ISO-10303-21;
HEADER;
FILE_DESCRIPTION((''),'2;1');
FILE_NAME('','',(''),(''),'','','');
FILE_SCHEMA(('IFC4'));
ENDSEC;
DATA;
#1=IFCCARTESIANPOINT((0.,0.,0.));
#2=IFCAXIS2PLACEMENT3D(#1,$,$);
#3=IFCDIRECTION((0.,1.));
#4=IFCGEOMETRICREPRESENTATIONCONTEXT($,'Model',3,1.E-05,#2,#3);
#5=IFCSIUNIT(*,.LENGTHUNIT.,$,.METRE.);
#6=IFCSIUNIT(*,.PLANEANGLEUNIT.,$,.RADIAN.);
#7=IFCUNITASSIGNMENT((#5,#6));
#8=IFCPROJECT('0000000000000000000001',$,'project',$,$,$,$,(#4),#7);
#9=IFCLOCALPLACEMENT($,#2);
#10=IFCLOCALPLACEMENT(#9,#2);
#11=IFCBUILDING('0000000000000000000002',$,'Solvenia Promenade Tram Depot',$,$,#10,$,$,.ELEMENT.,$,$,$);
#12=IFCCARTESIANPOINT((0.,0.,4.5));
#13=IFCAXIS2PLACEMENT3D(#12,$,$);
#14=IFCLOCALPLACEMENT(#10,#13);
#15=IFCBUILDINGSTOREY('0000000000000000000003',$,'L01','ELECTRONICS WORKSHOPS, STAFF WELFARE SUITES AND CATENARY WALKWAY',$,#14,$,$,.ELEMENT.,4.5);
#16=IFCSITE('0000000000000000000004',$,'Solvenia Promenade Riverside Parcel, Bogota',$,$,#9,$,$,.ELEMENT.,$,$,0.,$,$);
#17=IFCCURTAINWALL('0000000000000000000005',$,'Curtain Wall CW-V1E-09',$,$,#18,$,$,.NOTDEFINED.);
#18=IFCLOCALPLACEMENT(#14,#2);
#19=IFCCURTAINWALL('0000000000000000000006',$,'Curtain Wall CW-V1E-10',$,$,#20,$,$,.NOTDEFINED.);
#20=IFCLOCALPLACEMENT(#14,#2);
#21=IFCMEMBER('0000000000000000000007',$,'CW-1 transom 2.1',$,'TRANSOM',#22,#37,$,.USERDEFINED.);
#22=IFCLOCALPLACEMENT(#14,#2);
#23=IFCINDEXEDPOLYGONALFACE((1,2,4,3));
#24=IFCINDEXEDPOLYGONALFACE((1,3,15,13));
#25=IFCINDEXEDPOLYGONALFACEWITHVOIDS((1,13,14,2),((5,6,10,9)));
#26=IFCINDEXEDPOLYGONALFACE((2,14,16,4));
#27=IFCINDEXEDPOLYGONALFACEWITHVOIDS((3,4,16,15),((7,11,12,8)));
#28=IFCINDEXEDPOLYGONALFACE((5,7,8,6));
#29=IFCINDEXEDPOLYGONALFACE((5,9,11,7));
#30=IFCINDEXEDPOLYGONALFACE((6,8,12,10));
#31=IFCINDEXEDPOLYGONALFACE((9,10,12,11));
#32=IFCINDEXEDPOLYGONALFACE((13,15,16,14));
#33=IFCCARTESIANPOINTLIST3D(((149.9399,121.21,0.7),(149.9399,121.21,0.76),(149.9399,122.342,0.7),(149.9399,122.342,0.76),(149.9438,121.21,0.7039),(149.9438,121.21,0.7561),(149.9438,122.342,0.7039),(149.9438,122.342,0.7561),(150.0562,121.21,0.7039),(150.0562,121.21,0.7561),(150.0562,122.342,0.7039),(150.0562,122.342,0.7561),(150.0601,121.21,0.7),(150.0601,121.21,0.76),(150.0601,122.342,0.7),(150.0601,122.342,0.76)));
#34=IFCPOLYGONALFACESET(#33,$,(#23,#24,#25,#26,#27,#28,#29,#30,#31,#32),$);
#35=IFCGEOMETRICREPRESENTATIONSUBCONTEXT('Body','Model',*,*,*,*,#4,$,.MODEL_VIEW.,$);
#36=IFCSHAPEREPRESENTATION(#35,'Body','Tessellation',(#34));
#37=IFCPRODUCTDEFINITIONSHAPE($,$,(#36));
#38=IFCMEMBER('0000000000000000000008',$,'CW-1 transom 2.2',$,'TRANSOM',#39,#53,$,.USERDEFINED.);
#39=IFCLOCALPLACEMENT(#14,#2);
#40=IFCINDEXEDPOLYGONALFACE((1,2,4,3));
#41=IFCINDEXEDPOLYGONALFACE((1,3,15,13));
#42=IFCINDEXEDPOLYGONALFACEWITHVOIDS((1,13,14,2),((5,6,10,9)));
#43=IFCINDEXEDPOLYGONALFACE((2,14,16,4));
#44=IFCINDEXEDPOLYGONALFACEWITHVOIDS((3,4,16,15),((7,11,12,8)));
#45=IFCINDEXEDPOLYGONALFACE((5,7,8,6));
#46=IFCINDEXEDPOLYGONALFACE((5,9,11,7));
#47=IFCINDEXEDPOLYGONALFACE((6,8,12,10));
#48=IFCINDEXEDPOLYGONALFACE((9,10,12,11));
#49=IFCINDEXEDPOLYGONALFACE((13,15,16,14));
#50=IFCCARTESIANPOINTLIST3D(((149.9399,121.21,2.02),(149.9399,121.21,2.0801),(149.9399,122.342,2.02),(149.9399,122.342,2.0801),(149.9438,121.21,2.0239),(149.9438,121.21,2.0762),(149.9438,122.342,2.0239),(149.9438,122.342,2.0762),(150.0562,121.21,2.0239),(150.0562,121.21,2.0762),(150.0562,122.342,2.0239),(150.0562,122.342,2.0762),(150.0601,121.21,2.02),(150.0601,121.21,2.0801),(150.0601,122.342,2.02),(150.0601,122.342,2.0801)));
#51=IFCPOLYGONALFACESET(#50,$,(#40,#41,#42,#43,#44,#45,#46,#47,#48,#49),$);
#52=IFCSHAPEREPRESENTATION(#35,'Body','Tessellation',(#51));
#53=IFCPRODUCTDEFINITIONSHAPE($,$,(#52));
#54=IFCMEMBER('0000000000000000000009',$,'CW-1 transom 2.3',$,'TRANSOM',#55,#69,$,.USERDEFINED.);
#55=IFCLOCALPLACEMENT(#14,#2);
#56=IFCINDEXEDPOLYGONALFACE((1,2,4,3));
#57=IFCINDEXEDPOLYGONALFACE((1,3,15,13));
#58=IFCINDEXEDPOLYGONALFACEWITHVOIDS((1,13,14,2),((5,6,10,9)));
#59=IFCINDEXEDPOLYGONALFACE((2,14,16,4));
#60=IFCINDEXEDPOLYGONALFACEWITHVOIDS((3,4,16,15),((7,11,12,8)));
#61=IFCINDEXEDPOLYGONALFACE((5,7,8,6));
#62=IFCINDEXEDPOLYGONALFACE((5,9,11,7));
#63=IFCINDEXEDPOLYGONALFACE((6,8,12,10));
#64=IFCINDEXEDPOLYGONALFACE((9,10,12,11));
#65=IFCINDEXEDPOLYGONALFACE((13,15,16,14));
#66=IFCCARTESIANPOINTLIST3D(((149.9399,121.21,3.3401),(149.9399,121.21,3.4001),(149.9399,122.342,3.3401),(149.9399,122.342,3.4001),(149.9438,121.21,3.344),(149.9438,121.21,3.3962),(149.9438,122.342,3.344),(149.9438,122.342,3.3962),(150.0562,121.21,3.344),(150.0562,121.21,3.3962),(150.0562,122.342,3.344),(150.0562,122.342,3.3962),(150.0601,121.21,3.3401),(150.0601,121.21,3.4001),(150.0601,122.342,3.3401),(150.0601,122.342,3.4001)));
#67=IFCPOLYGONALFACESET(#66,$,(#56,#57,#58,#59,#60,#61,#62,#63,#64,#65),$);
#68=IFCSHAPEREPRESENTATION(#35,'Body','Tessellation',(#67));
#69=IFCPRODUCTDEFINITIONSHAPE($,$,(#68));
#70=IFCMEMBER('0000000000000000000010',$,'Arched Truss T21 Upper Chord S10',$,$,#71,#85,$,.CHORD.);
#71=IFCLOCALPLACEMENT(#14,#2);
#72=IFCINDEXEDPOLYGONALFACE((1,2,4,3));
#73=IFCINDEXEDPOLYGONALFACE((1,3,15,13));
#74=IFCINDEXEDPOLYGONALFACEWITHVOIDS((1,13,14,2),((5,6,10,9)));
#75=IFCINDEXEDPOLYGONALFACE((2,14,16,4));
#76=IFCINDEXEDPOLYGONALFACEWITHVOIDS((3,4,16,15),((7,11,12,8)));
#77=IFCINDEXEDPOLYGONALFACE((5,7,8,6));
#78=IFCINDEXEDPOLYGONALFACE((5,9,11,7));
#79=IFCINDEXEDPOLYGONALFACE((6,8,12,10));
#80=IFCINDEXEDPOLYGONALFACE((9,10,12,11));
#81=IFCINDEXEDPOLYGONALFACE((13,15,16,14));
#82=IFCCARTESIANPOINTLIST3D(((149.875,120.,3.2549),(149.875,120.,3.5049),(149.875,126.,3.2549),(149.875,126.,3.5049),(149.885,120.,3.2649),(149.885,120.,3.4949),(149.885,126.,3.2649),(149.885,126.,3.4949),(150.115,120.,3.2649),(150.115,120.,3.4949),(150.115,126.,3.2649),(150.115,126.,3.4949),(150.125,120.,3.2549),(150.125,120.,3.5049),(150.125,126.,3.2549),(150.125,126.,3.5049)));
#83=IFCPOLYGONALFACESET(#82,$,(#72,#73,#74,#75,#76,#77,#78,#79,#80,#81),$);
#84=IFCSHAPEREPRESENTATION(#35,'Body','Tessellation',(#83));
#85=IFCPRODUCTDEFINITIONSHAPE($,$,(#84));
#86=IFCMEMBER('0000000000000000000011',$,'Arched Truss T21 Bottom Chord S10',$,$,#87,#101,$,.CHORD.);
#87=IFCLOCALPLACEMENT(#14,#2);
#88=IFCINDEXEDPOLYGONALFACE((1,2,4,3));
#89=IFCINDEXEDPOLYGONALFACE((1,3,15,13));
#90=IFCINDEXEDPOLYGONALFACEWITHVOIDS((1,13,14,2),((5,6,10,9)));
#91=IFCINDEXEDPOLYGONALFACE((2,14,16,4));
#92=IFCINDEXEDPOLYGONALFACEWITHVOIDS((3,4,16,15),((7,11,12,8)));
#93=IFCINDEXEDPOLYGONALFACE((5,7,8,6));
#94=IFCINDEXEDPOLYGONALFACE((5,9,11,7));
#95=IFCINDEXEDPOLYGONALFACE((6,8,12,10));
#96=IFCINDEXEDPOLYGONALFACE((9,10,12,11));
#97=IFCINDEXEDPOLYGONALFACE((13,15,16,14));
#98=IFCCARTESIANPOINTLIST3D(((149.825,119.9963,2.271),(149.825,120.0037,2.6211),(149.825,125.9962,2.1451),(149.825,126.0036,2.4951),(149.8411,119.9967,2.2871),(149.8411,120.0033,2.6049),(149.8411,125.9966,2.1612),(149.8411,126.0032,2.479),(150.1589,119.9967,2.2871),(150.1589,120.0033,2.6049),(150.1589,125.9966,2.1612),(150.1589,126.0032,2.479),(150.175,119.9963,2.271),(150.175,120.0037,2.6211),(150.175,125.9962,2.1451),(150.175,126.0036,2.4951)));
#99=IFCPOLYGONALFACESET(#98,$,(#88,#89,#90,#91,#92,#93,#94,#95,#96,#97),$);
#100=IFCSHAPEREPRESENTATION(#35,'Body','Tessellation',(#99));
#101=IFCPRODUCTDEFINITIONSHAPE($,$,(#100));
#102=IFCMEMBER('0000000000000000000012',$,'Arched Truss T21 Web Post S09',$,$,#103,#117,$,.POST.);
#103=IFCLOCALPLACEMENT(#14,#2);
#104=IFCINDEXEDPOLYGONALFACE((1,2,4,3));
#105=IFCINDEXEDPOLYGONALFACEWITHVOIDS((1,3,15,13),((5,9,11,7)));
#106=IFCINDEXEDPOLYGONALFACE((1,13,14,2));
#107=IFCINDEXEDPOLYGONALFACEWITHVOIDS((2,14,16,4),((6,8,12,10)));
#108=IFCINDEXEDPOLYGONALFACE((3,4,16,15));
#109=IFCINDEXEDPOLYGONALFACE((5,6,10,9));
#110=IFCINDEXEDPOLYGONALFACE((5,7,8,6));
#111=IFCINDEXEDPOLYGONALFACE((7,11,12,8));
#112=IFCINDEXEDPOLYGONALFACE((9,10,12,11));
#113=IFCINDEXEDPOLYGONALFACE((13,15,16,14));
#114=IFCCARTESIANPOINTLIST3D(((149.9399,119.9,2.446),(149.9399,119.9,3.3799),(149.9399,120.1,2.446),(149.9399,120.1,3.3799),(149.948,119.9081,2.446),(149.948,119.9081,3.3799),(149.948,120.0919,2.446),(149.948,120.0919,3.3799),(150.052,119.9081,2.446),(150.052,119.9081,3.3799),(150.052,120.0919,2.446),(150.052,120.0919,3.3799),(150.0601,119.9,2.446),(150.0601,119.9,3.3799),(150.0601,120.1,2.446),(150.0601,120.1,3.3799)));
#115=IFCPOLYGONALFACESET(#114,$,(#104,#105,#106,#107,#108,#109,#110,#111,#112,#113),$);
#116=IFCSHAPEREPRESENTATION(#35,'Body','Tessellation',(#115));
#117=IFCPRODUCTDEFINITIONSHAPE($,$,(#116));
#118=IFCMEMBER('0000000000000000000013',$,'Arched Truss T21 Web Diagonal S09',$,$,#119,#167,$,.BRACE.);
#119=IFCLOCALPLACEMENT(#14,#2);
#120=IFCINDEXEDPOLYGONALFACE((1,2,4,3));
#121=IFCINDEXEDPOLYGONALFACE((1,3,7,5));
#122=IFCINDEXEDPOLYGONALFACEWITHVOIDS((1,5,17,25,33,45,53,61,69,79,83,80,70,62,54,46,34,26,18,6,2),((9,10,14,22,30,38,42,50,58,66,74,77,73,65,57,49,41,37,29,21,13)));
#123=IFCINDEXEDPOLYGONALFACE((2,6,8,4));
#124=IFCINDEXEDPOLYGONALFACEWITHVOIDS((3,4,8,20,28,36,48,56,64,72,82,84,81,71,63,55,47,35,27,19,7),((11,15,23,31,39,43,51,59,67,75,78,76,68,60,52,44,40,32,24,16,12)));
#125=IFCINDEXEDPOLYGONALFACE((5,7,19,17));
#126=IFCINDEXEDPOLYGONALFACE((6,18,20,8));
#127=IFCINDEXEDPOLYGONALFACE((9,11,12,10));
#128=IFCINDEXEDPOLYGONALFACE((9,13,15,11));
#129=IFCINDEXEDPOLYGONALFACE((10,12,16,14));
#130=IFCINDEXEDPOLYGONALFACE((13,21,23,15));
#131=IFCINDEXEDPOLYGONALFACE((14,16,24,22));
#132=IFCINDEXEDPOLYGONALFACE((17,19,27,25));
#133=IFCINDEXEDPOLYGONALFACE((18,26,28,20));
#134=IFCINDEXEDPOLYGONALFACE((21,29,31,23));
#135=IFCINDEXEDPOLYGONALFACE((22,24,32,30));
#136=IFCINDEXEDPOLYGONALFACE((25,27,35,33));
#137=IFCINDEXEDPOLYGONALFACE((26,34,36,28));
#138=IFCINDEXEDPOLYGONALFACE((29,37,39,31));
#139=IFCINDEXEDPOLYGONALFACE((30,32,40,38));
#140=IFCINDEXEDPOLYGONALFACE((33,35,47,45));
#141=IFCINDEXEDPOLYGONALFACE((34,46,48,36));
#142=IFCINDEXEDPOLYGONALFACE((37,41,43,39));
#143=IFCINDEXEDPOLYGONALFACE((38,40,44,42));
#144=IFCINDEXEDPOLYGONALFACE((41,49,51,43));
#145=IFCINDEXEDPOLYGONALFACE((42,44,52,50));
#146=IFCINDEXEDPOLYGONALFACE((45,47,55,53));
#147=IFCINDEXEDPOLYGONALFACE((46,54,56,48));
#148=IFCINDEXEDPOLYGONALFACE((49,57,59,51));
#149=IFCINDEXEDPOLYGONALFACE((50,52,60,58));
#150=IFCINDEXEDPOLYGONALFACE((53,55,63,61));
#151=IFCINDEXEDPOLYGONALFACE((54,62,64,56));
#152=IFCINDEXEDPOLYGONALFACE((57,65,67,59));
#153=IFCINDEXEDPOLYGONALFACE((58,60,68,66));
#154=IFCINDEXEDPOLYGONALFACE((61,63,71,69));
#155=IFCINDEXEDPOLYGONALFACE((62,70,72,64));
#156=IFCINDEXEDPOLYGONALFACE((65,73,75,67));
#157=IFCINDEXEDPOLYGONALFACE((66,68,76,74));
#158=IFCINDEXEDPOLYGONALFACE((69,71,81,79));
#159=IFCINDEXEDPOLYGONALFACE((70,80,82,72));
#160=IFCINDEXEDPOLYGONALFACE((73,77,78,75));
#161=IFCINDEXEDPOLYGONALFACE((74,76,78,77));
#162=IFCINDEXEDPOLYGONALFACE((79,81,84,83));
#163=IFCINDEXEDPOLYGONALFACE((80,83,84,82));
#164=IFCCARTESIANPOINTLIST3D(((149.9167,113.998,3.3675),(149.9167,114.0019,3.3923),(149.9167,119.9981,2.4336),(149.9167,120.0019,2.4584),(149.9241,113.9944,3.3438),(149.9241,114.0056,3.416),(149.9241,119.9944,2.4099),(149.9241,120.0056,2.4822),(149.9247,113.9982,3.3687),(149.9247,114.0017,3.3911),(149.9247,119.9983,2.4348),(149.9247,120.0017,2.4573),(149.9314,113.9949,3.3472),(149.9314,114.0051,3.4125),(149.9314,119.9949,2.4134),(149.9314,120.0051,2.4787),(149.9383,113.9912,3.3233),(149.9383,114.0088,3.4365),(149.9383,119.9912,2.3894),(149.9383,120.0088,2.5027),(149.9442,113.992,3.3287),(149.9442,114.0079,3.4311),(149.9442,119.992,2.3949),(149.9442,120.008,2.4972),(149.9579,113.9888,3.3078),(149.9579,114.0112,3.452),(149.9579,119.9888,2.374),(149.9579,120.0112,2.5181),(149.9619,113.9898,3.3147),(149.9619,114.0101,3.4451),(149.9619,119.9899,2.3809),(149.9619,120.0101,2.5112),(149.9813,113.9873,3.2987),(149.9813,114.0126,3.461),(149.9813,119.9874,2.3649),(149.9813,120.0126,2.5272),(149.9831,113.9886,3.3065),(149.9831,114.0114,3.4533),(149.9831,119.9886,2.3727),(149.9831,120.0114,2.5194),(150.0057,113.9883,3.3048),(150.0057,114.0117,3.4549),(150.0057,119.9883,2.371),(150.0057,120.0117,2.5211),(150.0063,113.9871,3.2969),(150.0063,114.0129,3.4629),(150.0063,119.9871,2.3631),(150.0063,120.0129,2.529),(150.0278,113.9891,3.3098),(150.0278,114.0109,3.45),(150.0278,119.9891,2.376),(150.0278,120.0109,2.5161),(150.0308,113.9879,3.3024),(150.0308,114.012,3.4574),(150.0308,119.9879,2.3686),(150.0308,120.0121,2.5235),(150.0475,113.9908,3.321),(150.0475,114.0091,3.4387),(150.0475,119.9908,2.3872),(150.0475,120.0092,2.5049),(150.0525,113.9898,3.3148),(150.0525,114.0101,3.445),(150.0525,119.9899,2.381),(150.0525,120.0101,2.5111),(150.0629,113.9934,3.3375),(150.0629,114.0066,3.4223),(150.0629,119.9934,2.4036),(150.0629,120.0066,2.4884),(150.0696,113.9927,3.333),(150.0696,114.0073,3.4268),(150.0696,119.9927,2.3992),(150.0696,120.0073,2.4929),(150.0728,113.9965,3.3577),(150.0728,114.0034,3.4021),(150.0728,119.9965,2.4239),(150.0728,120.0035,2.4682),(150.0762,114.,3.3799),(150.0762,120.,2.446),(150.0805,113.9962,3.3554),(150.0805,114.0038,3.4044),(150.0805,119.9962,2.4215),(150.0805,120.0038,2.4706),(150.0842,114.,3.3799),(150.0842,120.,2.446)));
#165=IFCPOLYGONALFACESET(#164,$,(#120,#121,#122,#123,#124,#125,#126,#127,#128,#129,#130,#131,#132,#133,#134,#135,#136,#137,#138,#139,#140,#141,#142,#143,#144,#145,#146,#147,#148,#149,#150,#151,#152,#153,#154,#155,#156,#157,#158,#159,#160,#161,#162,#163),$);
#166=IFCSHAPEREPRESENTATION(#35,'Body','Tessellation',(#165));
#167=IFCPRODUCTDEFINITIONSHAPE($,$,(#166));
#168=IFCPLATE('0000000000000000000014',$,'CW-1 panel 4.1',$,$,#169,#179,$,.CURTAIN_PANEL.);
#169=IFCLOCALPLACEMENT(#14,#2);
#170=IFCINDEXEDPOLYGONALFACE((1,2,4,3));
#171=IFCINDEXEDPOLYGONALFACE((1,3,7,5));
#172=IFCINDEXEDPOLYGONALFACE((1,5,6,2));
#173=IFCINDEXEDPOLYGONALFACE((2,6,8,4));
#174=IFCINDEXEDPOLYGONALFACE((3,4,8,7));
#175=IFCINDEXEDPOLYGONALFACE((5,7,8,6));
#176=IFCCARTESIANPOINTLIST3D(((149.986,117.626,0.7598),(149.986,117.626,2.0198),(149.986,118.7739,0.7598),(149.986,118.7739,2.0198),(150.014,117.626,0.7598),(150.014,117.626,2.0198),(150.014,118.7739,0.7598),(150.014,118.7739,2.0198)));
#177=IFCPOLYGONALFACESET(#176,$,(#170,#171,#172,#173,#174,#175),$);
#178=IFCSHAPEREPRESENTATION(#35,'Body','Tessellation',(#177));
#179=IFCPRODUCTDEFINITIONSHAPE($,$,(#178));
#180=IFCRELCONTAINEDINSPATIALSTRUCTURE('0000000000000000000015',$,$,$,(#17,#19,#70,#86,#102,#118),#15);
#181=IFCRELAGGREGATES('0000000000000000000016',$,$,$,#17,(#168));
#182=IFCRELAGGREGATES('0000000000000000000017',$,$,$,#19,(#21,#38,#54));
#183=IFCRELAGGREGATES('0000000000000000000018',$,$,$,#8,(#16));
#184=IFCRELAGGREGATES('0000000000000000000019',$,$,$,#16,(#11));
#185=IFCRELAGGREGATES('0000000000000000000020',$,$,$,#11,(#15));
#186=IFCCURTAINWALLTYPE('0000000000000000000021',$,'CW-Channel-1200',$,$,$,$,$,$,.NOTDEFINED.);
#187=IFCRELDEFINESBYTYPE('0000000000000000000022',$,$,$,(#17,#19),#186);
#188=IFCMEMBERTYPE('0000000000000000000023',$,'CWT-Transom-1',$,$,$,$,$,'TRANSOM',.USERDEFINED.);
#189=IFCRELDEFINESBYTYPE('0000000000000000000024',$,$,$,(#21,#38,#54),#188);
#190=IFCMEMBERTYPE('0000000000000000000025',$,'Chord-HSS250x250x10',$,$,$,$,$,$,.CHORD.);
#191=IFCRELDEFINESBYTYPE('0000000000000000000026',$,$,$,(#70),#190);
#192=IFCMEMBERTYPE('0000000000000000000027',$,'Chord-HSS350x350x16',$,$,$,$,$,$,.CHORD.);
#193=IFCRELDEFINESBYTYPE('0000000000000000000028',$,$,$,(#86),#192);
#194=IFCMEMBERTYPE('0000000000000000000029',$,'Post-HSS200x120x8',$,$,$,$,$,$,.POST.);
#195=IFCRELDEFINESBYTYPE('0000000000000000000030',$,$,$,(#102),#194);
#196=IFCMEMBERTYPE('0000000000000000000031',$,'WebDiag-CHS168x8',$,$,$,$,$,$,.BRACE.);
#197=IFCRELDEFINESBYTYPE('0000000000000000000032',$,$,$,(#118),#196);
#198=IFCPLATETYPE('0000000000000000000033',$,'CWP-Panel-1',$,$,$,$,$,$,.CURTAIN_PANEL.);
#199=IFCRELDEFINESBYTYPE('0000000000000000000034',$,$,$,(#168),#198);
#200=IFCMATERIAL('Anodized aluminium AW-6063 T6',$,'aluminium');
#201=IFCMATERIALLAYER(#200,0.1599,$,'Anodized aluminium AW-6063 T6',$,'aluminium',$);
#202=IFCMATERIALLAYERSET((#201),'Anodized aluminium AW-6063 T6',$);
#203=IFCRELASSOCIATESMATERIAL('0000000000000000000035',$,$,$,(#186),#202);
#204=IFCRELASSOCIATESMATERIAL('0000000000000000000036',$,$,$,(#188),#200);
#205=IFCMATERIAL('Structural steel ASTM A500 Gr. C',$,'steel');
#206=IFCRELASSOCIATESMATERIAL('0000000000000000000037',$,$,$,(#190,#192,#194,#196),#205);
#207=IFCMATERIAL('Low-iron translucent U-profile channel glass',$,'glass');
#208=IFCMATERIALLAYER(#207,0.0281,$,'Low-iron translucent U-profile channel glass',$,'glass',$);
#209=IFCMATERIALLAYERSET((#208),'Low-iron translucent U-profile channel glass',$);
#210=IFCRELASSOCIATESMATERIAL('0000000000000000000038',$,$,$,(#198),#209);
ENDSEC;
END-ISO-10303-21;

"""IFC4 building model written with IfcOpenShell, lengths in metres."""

from ifc_helpers import new_model, si_unit, direction, frame, origin, origin_2d, place, context, subcontext, project, spatial, rectangle, hollow_rectangle, hollow_circle, extrude, material, layer, layer_set, material_profile, profile_set, type_object, element, aggregate, save


model = new_model("IFC4")

# Units and contexts
model_context = context("Model", 3, precision=1e-05, world=origin(), true_north=direction((0.0, 1.0)))
body_context = subcontext(model_context, "Body", "Model", "MODEL_VIEW")
ifc_project = project(units=[si_unit("LENGTHUNIT", "METRE"), si_unit("PLANEANGLEUNIT", "RADIAN")], contexts=[model_context])

# Site, building, storey
site_placement = place(None, origin())
site = spatial("IfcSite", under=ifc_project, at=site_placement, Name="Solvenia Promenade Riverside Parcel, Bogota", CompositionType="ELEMENT", RefElevation=0.0)
building_placement = place(site_placement, origin())
building = spatial("IfcBuilding", under=site, at=building_placement, Name="Solvenia Promenade Tram Depot", CompositionType="ELEMENT")
storey_placement = place(building_placement, frame((0.0, 0.0, 4.5)))
storey = spatial("IfcBuildingStorey", under=building, at=storey_placement, Name="L01", Description="ELECTRONICS WORKSHOPS, STAFF WELFARE SUITES AND CATENARY WALKWAY", CompositionType="ELEMENT", Elevation=4.5)

# Curtain walls
ifc_material_1 = material(Name="Anodized aluminium AW-6063 T6", Category="aluminium")
ifc_layer_1 = layer(ifc_material_1, 0.1599, Name="Anodized aluminium AW-6063 T6", Category="aluminium")
ifc_layer_set_1 = layer_set([ifc_layer_1], Name="Anodized aluminium AW-6063 T6")
curtain_wall_type = type_object("IfcCurtainWallType", Name="CW-Channel-1200", PredefinedType="NOTDEFINED", material=ifc_layer_set_1)
curtain_wall_1_placement = place(storey_placement, origin())
curtain_wall_1 = element("IfcCurtainWall", 1, at=curtain_wall_1_placement, inside=storey, type_object=curtain_wall_type, Name="Curtain Wall CW-V1E-09", PredefinedType="NOTDEFINED")
curtain_wall_2_placement = place(storey_placement, origin())
curtain_wall_2 = element("IfcCurtainWall", 2, at=curtain_wall_2_placement, inside=storey, type_object=curtain_wall_type, Name="Curtain Wall CW-V1E-10", PredefinedType="NOTDEFINED")

# Members
ifc_material_profile_1 = material_profile(ifc_material_1, hollow_rectangle(XDim=0.1201, YDim=0.0601, WallThickness=0.0039, at=origin_2d()), Name="ALU-T1", Category="aluminium")
ifc_profile_set_1 = profile_set([ifc_material_profile_1], Name="Anodized aluminium AW-6063 T6")
member_type_1 = type_object("IfcMemberType", Name="CWT-Transom-1", ElementType="TRANSOM", PredefinedType="USERDEFINED", material=ifc_profile_set_1)
member_1_placement = place(storey_placement, frame((150.0, 121.21, 0.73), z_axis=(0.0, 1.0, 0.0), x_axis=(-1.0, 0.0, 0.0)))
member_1 = element("IfcMember", 3, at=member_1_placement, type_object=member_type_1, Name="CW-1 transom 2.1", ObjectType="TRANSOM", PredefinedType="USERDEFINED", context=body_context, shape_type="SweptSolid", body=[
    extrude(hollow_rectangle(XDim=0.1201, YDim=0.0601, WallThickness=0.0039, at=origin_2d()), origin(), (0.0, 0.0, 1.0), 1.1321),
])
member_2_placement = place(storey_placement, frame((150.0, 121.21, 2.05), z_axis=(0.0, 1.0, 0.0), x_axis=(-1.0, 0.0, 0.0)))
member_2 = element("IfcMember", 4, at=member_2_placement, type_object=member_type_1, Name="CW-1 transom 2.2", ObjectType="TRANSOM", PredefinedType="USERDEFINED", context=body_context, shape_type="SweptSolid", body=[
    extrude(hollow_rectangle(XDim=0.1201, YDim=0.0601, WallThickness=0.0039, at=origin_2d()), origin(), (0.0, 0.0, 1.0), 1.1321),
])
member_3_placement = place(storey_placement, frame((150.0, 121.21, 3.3701), z_axis=(0.0, 1.0, 0.0), x_axis=(-1.0, 0.0, 0.0)))
member_3 = element("IfcMember", 5, at=member_3_placement, type_object=member_type_1, Name="CW-1 transom 2.3", ObjectType="TRANSOM", PredefinedType="USERDEFINED", context=body_context, shape_type="SweptSolid", body=[
    extrude(hollow_rectangle(XDim=0.1201, YDim=0.0601, WallThickness=0.0039, at=origin_2d()), origin(), (0.0, 0.0, 1.0), 1.1321),
])

# Members
ifc_material_2 = material(Name="Structural steel ASTM A500 Gr. C", Category="steel")
ifc_material_profile_2 = material_profile(ifc_material_2, hollow_rectangle(XDim=0.25, YDim=0.25, WallThickness=0.01, at=origin_2d()), Name="HSS250x250x10", Category="steel")
ifc_profile_set_2 = profile_set([ifc_material_profile_2], Name="Structural steel ASTM A500 Gr. C")
member_type_2 = type_object("IfcMemberType", Name="Chord-HSS250x250x10", PredefinedType="CHORD", material=ifc_profile_set_2)
member_4_placement = place(storey_placement, frame((150.0, 120.0, 3.3799), z_axis=(0.0, 1.0, 0.0), x_axis=(-1.0, 0.0, 0.0)))
element("IfcMember", 6, at=member_4_placement, inside=storey, type_object=member_type_2, Name="Arched Truss T21 Upper Chord S10", PredefinedType="CHORD", context=body_context, shape_type="SweptSolid", body=[
    extrude(hollow_rectangle(XDim=0.25, YDim=0.25, WallThickness=0.01, at=origin_2d()), origin(), (0.0, 0.0, 1.0), 6.0),
])
ifc_material_profile_3 = material_profile(ifc_material_2, hollow_rectangle(XDim=0.3501, YDim=0.3501, WallThickness=0.0161, at=origin_2d()), Name="HSS350x350x16", Category="steel")
ifc_profile_set_3 = profile_set([ifc_material_profile_3], Name="Structural steel ASTM A500 Gr. C")
member_type_3 = type_object("IfcMemberType", Name="Chord-HSS350x350x16", PredefinedType="CHORD", material=ifc_profile_set_3)
member_5_placement = place(storey_placement, frame((150.0, 120.0, 2.446), z_axis=(0.0, 0.99978, -0.020991), x_axis=(-1.0, 0.0, 0.0)))
element("IfcMember", 7, at=member_5_placement, inside=storey, type_object=member_type_3, Name="Arched Truss T21 Bottom Chord S10", PredefinedType="CHORD", context=body_context, shape_type="SweptSolid", body=[
    extrude(hollow_rectangle(XDim=0.3501, YDim=0.3501, WallThickness=0.0161, at=origin_2d()), origin(), (0.0, 0.0, 1.0), 6.0012),
])
ifc_material_profile_4 = material_profile(ifc_material_2, hollow_rectangle(XDim=0.1201, YDim=0.2, WallThickness=0.0081, at=origin_2d()), Name="HSS200x120x8", Category="steel")
ifc_profile_set_4 = profile_set([ifc_material_profile_4], Name="Structural steel ASTM A500 Gr. C")
member_type_4 = type_object("IfcMemberType", Name="Post-HSS200x120x8", PredefinedType="POST", material=ifc_profile_set_4)
member_6_placement = place(storey_placement, frame((150.0, 120.0, 2.446), z_axis=(0.0, 0.0, 1.0), x_axis=(1.0, 0.0, 0.0)))
element("IfcMember", 8, at=member_6_placement, inside=storey, type_object=member_type_4, Name="Arched Truss T21 Web Post S09", PredefinedType="POST", context=body_context, shape_type="SweptSolid", body=[
    extrude(hollow_rectangle(XDim=0.1201, YDim=0.2, WallThickness=0.0081, at=origin_2d()), origin(), (0.0, 0.0, 1.0), 0.9338),
])
ifc_material_profile_5 = material_profile(ifc_material_2, hollow_circle(Radius=0.0842, WallThickness=0.0081, at=origin_2d()), Name="CHS168.3x8", Category="steel")
ifc_profile_set_5 = profile_set([ifc_material_profile_5], Name="Structural steel ASTM A500 Gr. C")
member_type_5 = type_object("IfcMemberType", Name="WebDiag-CHS168x8", PredefinedType="BRACE", material=ifc_profile_set_5)
member_7_placement = place(storey_placement, frame((150.0, 120.0, 2.446), z_axis=(0.0, -0.988104, 0.153788), x_axis=(1.0, 0.0, 0.0)))
element("IfcMember", 9, at=member_7_placement, inside=storey, type_object=member_type_5, Name="Arched Truss T21 Web Diagonal S09", PredefinedType="BRACE", context=body_context, shape_type="SweptSolid", body=[
    extrude(hollow_circle(Radius=0.0842, WallThickness=0.0081, at=origin_2d()), origin(), (0.0, 0.0, 1.0), 6.0723),
])

# Plate
ifc_material_3 = material(Name="Low-iron translucent U-profile channel glass", Category="glass")
ifc_layer_2 = layer(ifc_material_3, 0.0281, Name="Low-iron translucent U-profile channel glass", Category="glass")
ifc_layer_set_2 = layer_set([ifc_layer_2], Name="Low-iron translucent U-profile channel glass")
plate_type = type_object("IfcPlateType", Name="CWP-Panel-1", PredefinedType="CURTAIN_PANEL", material=ifc_layer_set_2)
plate_1_placement = place(storey_placement, frame((150.0, 118.2, 0.7598), z_axis=(0.0, 0.0, 1.0), x_axis=(0.0, 1.0, 0.0)))
plate_1 = element("IfcPlate", 10, at=plate_1_placement, type_object=plate_type, Name="CW-1 panel 4.1", PredefinedType="CURTAIN_PANEL", context=body_context, shape_type="SweptSolid", body=[
    extrude(rectangle(XDim=1.1479, YDim=0.0281, at=origin_2d()), origin(), (0.0, 0.0, 1.0), 1.26),
])
aggregate(curtain_wall_1, [plate_1])
aggregate(curtain_wall_2, [member_1, member_2, member_3])

save(model, "model.ifc")
